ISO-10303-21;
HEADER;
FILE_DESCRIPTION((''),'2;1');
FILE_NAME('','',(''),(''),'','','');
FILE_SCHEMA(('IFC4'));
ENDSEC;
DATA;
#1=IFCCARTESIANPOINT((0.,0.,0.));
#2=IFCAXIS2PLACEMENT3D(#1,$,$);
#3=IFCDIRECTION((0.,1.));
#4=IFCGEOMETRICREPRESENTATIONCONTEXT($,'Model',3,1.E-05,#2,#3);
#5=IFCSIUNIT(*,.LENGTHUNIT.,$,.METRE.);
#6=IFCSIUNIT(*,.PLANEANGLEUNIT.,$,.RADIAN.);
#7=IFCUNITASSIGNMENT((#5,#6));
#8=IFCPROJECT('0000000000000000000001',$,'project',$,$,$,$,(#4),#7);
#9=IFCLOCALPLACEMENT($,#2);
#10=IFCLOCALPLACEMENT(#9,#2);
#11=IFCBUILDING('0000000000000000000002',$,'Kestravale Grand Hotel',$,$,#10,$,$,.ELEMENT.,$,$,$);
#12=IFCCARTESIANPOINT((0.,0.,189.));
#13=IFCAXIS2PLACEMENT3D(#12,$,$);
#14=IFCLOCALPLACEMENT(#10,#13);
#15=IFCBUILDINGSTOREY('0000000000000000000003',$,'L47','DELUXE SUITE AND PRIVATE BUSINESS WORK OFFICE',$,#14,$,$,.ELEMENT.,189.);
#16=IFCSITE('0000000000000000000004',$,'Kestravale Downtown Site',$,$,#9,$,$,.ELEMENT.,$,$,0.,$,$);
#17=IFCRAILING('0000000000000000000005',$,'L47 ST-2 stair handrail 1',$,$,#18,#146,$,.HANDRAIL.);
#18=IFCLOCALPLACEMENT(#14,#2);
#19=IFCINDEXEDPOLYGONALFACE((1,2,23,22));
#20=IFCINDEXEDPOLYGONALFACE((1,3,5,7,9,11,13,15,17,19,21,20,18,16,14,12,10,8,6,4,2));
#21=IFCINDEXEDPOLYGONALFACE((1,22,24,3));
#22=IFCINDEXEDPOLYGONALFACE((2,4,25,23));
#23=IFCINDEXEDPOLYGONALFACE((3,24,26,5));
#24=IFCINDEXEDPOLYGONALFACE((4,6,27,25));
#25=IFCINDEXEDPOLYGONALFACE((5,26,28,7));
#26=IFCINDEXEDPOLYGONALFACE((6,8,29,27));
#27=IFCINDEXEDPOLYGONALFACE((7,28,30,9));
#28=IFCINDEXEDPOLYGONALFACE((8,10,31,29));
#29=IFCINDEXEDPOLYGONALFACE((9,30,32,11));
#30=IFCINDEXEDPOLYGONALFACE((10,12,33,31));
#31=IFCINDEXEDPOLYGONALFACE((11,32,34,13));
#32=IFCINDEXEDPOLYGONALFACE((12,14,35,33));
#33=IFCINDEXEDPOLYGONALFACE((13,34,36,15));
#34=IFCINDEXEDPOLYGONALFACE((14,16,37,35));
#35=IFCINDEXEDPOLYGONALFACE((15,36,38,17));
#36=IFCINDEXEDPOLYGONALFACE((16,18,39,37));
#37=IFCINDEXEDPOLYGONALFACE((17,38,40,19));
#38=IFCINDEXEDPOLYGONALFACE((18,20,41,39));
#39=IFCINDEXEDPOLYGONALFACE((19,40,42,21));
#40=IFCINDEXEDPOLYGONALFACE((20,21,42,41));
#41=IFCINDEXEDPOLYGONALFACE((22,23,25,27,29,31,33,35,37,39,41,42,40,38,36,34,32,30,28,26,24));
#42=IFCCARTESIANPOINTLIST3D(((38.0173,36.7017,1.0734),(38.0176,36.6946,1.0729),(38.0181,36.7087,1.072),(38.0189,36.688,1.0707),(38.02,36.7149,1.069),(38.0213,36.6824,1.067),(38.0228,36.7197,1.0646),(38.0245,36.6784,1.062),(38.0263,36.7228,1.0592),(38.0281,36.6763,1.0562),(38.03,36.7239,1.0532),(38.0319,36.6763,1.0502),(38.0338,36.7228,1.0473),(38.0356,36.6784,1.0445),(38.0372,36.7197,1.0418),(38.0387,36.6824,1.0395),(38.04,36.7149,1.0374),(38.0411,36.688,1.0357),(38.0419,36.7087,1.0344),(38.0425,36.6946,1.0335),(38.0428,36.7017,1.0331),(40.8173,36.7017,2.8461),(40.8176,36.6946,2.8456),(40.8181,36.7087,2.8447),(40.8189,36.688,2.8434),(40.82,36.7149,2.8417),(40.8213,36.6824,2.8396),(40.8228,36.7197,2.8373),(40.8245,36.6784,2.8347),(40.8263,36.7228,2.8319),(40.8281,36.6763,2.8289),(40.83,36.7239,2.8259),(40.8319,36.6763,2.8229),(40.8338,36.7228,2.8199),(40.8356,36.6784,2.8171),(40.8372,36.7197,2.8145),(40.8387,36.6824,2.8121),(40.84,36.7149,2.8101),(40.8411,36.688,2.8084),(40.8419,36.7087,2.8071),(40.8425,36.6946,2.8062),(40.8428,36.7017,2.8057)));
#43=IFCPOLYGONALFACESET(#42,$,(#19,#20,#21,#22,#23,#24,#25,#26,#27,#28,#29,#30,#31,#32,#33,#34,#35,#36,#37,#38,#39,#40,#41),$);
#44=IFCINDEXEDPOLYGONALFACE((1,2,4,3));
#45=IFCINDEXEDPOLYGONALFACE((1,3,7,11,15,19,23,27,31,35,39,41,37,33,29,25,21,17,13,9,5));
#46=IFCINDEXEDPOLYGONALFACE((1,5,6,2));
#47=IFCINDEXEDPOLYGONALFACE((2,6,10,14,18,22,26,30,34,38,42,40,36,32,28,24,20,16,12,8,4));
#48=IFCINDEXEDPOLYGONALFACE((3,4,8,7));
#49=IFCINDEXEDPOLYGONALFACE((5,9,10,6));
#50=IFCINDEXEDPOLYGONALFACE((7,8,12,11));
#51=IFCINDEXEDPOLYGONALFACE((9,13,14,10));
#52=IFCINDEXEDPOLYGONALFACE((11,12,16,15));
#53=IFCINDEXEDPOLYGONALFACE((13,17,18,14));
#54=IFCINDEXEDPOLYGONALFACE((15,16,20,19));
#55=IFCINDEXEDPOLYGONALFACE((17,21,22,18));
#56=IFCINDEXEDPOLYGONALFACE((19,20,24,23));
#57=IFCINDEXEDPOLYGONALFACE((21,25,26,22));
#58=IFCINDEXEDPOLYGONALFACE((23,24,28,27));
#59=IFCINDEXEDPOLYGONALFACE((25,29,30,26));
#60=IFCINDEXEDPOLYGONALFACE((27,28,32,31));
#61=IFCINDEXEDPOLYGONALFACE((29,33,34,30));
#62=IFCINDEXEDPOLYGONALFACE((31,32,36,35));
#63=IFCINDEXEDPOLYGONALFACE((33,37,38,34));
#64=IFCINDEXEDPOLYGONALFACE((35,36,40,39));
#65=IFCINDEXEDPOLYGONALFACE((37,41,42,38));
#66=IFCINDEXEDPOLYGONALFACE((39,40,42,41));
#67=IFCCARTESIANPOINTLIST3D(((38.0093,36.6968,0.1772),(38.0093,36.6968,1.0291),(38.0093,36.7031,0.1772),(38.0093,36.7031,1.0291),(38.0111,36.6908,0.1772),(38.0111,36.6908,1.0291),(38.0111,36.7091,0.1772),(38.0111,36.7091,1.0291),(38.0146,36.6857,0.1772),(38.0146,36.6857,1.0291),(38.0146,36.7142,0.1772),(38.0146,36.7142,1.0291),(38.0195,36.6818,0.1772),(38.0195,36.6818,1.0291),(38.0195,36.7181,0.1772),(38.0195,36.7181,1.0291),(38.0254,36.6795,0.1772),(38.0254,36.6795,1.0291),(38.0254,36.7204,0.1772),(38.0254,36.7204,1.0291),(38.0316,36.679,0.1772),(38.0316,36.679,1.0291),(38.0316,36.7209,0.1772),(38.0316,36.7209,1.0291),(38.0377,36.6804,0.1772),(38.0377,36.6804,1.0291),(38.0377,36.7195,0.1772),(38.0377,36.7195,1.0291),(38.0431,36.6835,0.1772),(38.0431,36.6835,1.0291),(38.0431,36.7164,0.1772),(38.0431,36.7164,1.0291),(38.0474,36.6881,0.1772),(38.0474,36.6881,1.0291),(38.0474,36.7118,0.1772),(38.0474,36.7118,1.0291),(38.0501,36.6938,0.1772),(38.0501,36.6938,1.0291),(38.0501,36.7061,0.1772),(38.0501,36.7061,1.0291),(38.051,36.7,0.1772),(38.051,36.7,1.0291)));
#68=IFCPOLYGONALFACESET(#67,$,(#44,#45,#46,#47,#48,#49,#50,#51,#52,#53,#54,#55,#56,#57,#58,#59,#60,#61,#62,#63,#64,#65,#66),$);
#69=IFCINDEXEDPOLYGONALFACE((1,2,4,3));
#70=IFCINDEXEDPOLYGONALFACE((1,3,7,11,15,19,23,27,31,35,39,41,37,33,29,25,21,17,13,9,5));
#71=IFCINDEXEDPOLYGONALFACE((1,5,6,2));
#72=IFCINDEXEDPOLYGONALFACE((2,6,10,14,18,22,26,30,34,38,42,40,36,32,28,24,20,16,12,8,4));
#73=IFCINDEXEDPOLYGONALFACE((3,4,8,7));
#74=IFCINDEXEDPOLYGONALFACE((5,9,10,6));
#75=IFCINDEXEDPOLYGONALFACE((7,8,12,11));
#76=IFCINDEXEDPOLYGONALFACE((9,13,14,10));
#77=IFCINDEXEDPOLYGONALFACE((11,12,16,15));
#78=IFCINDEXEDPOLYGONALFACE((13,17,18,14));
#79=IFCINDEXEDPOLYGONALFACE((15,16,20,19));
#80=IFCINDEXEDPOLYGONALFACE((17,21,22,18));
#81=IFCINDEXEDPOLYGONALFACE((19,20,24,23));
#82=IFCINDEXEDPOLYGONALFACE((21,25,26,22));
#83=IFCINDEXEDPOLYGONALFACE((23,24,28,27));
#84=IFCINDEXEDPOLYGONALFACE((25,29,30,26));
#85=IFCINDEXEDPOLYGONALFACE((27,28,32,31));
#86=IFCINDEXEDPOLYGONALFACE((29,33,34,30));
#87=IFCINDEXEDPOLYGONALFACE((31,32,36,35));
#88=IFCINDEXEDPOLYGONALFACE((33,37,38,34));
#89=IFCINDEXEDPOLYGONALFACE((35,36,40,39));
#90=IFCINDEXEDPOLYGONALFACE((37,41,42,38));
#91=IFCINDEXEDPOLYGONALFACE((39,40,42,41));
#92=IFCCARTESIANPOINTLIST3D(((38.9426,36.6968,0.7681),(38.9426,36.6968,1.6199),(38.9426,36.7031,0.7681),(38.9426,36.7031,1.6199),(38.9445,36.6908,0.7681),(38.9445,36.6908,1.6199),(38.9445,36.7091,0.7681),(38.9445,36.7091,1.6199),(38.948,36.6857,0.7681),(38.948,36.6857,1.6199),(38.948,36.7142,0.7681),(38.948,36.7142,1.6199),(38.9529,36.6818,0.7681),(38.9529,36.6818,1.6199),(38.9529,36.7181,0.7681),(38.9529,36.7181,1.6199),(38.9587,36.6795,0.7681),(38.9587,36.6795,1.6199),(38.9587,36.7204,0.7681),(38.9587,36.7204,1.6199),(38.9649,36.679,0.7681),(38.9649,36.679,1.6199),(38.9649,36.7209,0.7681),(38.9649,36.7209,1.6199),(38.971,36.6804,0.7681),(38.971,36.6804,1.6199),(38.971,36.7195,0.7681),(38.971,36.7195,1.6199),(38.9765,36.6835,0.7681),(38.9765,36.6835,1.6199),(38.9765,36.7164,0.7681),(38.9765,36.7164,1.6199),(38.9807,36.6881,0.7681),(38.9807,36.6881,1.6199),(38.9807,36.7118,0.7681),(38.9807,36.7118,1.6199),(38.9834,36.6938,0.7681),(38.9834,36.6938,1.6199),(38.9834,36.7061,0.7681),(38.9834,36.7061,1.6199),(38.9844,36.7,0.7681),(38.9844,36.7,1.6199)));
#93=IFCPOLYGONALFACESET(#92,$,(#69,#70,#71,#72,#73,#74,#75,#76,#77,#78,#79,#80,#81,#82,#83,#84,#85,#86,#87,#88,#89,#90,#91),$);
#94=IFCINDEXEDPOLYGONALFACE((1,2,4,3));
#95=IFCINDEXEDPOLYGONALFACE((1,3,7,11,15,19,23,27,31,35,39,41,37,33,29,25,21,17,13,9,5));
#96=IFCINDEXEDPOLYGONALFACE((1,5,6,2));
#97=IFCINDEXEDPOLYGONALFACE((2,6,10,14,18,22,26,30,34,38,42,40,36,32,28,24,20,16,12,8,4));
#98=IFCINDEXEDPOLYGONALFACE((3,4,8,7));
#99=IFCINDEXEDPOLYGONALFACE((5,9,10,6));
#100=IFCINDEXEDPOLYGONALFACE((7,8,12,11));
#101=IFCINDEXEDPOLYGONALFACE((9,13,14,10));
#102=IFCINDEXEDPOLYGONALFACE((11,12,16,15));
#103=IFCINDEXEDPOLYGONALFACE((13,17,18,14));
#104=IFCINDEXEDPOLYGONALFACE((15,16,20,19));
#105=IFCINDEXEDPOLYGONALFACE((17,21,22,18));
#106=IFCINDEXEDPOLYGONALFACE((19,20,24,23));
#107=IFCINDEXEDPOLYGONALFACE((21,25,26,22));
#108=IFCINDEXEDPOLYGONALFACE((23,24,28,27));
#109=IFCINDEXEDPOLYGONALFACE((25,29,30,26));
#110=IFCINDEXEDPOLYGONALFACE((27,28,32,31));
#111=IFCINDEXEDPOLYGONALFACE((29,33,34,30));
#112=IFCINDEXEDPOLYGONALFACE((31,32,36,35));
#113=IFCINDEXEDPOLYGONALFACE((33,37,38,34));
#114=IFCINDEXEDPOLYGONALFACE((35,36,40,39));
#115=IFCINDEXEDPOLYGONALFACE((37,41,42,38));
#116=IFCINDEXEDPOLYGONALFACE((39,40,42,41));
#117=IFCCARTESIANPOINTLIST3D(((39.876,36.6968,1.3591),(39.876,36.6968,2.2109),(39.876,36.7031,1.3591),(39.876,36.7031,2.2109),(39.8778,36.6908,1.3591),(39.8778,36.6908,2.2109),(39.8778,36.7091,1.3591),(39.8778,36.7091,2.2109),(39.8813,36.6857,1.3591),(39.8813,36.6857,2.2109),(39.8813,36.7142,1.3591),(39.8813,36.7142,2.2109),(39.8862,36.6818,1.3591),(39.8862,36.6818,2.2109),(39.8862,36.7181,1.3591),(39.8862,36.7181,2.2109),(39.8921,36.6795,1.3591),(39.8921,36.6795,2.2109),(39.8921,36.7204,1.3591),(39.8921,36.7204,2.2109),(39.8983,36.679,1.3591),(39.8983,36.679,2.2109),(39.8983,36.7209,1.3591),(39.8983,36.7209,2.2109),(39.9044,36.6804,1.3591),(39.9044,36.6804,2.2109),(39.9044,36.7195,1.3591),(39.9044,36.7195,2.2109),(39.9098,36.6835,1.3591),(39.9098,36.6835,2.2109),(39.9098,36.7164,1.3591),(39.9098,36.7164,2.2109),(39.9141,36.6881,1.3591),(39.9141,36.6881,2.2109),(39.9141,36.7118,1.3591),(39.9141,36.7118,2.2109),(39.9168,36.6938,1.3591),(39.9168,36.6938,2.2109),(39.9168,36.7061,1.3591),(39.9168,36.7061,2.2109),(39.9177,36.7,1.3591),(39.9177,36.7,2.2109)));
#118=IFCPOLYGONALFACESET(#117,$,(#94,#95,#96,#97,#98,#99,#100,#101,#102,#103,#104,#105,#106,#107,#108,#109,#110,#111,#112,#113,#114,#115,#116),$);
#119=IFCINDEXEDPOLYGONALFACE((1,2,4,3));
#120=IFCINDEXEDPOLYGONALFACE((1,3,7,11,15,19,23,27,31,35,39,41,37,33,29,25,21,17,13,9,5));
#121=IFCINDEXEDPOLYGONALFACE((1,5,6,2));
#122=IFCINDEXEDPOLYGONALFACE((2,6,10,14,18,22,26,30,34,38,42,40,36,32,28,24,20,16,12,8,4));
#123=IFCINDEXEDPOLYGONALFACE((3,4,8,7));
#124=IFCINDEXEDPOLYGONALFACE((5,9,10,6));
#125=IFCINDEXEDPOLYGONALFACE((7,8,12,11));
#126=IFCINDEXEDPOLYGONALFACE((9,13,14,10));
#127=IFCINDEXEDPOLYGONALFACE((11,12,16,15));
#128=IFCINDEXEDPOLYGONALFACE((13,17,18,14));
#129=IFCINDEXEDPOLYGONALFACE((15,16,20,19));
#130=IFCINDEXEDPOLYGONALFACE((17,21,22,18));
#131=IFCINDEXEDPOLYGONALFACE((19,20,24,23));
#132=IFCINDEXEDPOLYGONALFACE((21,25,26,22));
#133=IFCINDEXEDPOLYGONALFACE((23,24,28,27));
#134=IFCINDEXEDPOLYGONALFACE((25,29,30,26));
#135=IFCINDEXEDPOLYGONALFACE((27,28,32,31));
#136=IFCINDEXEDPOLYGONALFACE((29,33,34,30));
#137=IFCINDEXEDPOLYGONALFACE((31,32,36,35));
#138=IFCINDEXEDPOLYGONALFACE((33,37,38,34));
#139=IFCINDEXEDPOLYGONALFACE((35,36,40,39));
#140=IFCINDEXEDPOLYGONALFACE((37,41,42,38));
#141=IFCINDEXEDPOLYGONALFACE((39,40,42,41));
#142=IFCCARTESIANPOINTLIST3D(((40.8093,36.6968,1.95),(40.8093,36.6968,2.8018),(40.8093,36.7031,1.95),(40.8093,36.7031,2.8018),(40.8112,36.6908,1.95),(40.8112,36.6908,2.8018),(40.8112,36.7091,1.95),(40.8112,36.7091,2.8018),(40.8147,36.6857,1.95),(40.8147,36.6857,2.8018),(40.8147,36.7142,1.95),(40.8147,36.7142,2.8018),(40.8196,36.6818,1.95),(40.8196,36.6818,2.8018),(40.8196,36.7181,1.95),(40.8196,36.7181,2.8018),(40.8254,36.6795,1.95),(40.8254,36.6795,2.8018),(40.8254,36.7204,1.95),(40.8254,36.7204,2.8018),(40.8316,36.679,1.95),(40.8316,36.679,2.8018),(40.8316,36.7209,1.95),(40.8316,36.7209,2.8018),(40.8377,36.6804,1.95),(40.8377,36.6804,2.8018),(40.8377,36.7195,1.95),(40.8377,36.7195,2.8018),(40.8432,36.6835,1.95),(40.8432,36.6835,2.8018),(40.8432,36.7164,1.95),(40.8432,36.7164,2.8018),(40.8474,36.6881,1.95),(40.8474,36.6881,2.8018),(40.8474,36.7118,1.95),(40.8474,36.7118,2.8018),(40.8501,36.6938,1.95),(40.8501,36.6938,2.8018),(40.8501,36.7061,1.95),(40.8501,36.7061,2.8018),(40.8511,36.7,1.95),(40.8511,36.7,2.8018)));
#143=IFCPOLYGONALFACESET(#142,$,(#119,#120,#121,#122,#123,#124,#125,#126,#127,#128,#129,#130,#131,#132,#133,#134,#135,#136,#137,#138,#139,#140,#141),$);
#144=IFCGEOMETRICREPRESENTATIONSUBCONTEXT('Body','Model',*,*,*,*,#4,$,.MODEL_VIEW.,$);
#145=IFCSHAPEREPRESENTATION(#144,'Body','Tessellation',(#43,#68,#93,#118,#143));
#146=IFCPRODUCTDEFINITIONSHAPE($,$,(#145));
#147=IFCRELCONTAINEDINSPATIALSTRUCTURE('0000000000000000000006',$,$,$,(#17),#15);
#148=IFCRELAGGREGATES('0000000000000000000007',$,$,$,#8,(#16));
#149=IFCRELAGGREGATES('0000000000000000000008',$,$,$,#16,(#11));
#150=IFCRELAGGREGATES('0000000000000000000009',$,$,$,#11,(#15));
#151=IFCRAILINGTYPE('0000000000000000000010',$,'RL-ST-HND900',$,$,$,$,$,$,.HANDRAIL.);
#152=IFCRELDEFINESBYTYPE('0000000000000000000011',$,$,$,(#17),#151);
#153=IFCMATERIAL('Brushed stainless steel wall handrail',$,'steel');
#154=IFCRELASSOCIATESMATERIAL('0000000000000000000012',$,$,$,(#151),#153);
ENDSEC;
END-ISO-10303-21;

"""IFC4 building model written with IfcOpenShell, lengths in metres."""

from ifc_helpers import new_model, si_unit, direction, frame, origin, origin_2d, place, context, subcontext, project, spatial, circle, extrude, material, type_object, element, save


model = new_model("IFC4")

# Units and contexts
model_context = context("Model", 3, precision=1e-05, world=origin(), true_north=direction((0.0, 1.0)))
body_context = subcontext(model_context, "Body", "Model", "MODEL_VIEW")
ifc_project = project(units=[si_unit("LENGTHUNIT", "METRE"), si_unit("PLANEANGLEUNIT", "RADIAN")], contexts=[model_context])

# Site, building, storey
site_placement = place(None, origin())
site = spatial("IfcSite", under=ifc_project, at=site_placement, Name="Kestravale Downtown Site", CompositionType="ELEMENT", RefElevation=0.0)
building_placement = place(site_placement, origin())
building = spatial("IfcBuilding", under=site, at=building_placement, Name="Kestravale Grand Hotel", CompositionType="ELEMENT")
storey_placement = place(building_placement, frame((0.0, 0.0, 189.0)))
storey = spatial("IfcBuildingStorey", under=building, at=storey_placement, Name="L47", Description="DELUXE SUITE AND PRIVATE BUSINESS WORK OFFICE", CompositionType="ELEMENT", Elevation=189.0)

# Railing
ifc_material_1 = material(Name="Brushed stainless steel wall handrail", Category="steel")
railing_type_1 = type_object("IfcRailingType", Name="RL-ST-HND900", PredefinedType="HANDRAIL", material=ifc_material_1)
railing_1_placement = place(storey_placement, frame((38.03, 36.7, 0.1772)))
element("IfcRailing", 1, at=railing_1_placement, inside=storey, type_object=railing_type_1, Name="L47 ST-2 stair handrail 1", PredefinedType="HANDRAIL", context=body_context, shape_type="SweptSolid", body=[
    extrude(circle(Radius=0.0239, at=origin_2d()), frame((0.0, 0.0, 0.876), z_axis=(0.844909, 0.0, 0.53491), x_axis=(0.0, 1.0, 0.0)), (0.0, 0.0, 1.0), 3.314),
    extrude(circle(Radius=0.021, at=origin_2d()), origin(), (0.0, 0.0, 1.0), 0.8518),
    extrude(circle(Radius=0.021, at=origin_2d()), frame((0.9333, 0.0, 0.5908)), (0.0, 0.0, 1.0), 0.8518),
    extrude(circle(Radius=0.021, at=origin_2d()), frame((1.8667, 0.0, 1.1819)), (0.0, 0.0, 1.0), 0.8518),
    extrude(circle(Radius=0.021, at=origin_2d()), frame((2.8, 0.0, 1.7727)), (0.0, 0.0, 1.0), 0.8518),
])

save(model, "model.ifc")
